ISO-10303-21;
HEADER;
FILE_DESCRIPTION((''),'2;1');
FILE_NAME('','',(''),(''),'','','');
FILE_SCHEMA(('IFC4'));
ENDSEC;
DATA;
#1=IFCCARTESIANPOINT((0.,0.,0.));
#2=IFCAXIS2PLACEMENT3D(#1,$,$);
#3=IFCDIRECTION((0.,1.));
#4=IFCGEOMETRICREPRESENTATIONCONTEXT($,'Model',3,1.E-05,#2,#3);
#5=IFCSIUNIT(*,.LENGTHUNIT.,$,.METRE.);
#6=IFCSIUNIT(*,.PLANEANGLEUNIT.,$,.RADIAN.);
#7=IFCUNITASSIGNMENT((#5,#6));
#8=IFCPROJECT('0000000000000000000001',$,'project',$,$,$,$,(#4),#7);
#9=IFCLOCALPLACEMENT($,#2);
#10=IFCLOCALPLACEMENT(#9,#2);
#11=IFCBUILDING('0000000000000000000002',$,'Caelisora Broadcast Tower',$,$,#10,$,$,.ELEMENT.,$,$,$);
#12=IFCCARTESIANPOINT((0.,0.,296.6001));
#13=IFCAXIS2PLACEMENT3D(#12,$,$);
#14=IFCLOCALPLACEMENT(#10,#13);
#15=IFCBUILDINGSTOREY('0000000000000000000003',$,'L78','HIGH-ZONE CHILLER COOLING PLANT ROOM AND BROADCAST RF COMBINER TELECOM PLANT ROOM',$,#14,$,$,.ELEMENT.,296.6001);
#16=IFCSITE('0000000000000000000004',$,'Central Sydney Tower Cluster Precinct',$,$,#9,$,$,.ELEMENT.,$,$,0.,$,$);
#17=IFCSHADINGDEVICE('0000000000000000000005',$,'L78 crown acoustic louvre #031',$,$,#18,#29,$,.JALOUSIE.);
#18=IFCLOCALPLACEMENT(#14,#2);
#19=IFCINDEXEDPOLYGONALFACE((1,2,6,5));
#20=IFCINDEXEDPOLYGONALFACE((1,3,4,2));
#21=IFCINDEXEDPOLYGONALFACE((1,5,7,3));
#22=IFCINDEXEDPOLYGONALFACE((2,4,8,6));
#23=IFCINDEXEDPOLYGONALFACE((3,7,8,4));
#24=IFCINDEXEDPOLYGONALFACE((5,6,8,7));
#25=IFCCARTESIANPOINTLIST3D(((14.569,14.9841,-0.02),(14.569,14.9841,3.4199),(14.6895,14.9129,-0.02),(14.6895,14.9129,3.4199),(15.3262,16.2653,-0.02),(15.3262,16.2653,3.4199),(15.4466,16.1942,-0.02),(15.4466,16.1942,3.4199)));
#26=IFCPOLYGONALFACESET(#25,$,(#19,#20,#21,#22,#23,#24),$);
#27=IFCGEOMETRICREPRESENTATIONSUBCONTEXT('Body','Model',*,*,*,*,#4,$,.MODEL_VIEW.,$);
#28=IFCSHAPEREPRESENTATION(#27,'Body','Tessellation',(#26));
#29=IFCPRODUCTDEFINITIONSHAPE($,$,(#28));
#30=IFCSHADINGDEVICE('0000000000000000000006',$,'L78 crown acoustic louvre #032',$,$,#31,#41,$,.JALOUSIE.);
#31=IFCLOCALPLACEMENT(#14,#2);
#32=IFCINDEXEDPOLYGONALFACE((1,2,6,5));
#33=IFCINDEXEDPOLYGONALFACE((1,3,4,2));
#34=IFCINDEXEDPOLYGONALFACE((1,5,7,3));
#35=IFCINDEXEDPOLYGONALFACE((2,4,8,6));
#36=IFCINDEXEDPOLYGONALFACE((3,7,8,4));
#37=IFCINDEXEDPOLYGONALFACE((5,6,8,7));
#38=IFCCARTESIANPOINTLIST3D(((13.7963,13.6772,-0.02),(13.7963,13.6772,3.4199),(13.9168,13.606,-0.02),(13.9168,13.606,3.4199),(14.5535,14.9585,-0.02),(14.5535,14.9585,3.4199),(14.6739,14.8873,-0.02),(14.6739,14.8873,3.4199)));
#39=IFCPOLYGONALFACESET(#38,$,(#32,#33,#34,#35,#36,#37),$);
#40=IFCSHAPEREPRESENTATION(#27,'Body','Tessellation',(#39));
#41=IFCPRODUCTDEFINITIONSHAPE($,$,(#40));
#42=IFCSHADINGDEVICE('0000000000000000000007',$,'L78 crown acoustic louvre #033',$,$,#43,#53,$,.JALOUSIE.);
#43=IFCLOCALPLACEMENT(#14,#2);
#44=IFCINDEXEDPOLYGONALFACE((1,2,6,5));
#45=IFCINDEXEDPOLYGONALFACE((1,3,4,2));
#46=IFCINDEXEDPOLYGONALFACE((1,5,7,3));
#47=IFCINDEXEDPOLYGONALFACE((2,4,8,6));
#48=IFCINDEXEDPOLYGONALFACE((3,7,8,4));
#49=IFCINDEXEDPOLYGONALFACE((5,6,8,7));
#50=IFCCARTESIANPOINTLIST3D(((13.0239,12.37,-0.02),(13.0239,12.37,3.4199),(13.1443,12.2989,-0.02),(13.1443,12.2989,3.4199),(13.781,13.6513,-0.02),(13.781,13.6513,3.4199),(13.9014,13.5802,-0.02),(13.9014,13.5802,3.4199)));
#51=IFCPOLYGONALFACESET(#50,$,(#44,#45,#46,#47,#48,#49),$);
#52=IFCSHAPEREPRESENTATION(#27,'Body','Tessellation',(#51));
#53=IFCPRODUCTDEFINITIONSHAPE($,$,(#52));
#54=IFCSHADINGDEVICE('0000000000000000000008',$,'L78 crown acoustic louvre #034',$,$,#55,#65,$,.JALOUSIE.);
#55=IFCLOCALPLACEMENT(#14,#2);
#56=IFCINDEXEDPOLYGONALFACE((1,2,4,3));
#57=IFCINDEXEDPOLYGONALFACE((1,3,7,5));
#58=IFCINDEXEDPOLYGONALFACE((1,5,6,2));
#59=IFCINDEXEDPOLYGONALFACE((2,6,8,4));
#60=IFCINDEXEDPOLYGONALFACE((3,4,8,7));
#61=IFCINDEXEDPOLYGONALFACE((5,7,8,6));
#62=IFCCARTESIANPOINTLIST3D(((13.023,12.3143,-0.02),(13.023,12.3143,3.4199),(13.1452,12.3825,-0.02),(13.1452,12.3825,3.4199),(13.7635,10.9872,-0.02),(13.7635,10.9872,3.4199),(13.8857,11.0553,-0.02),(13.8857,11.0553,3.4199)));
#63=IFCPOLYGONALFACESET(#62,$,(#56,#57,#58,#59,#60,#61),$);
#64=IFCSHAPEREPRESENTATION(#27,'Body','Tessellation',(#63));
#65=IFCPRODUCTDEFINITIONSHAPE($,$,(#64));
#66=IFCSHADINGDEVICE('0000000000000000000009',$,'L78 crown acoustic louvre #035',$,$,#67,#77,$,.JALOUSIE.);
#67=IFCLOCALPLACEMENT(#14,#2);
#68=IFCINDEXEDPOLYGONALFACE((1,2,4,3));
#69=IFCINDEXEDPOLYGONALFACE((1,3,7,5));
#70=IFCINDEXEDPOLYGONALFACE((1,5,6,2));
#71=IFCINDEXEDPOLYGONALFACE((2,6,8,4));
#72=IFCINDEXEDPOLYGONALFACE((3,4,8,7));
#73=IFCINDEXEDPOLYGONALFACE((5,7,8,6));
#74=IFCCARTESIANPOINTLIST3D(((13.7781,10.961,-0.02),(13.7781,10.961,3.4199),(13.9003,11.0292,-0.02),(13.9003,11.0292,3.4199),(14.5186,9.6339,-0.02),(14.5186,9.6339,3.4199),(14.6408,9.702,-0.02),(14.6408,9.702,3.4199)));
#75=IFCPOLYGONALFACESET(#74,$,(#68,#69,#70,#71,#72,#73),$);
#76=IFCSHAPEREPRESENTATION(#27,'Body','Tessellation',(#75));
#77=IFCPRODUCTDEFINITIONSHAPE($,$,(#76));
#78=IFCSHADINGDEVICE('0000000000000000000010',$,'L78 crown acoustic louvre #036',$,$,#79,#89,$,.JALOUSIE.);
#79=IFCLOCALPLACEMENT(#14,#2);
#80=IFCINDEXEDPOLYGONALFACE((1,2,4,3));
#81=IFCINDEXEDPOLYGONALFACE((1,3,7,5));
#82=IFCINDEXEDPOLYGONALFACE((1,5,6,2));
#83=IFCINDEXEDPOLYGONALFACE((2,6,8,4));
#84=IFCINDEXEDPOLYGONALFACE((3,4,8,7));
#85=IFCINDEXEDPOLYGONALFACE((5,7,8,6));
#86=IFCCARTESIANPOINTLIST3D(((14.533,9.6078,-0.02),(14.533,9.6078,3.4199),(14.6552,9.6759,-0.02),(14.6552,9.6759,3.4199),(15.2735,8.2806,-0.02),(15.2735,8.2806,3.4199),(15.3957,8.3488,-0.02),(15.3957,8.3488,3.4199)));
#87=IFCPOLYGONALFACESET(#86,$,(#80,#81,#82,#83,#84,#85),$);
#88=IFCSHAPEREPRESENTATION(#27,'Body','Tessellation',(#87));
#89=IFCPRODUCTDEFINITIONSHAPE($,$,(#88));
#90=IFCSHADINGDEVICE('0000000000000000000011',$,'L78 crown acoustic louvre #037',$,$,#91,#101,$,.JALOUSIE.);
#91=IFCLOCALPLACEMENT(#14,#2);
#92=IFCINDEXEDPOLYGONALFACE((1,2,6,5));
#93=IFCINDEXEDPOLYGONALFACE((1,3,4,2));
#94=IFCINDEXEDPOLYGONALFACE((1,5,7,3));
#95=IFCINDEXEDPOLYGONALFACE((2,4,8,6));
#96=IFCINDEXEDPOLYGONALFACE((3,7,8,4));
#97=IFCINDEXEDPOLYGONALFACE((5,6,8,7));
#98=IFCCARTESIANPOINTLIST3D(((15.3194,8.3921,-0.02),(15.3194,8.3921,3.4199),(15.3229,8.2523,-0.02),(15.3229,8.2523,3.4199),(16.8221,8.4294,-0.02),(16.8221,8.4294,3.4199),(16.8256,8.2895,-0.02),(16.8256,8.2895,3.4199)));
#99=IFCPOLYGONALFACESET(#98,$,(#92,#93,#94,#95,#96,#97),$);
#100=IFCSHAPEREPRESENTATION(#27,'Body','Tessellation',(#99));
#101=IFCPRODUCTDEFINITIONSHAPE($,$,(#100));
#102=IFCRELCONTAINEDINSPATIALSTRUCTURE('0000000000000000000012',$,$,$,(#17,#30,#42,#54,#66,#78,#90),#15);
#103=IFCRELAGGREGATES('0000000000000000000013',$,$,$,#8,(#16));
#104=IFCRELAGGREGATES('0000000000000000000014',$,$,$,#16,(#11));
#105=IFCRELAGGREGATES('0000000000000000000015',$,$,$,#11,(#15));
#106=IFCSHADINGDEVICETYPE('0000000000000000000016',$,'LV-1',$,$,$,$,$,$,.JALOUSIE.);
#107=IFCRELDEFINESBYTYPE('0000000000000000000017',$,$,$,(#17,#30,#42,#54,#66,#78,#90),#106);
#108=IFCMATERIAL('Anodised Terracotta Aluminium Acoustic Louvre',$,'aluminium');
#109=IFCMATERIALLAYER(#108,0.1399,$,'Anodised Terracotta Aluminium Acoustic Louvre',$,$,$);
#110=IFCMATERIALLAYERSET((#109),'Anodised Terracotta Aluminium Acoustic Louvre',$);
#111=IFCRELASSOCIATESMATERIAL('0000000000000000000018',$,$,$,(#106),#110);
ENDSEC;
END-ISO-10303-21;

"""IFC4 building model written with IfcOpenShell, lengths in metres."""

from ifc_helpers import new_model, si_unit, direction, frame, origin, origin_2d, place, context, subcontext, project, spatial, rectangle, extrude, source, transform, mapped, material, layer, layer_set, type_object, type_shapes, element, save


model = new_model("IFC4")

# Units and contexts
model_context = context("Model", 3, precision=1e-05, world=origin(), true_north=direction((0.0, 1.0)))
body_context = subcontext(model_context, "Body", "Model", "MODEL_VIEW")
ifc_project = project(units=[si_unit("LENGTHUNIT", "METRE"), si_unit("PLANEANGLEUNIT", "RADIAN")], contexts=[model_context])

# Site, building, storey
site_placement = place(None, origin())
site = spatial("IfcSite", under=ifc_project, at=site_placement, Name="Central Sydney Tower Cluster Precinct", CompositionType="ELEMENT", RefElevation=0.0)
building_placement = place(site_placement, origin())
building = spatial("IfcBuilding", under=site, at=building_placement, Name="Caelisora Broadcast Tower", CompositionType="ELEMENT")
storey_placement = place(building_placement, frame((0.0, 0.0, 296.6001)))
storey = spatial("IfcBuildingStorey", under=building, at=storey_placement, Name="L78", Description="HIGH-ZONE CHILLER COOLING PLANT ROOM AND BROADCAST RF COMBINER TELECOM PLANT ROOM", CompositionType="ELEMENT", Elevation=296.6001)

# Shading devices
ifc_material_1 = material(Name="Anodised Terracotta Aluminium Acoustic Louvre", Category="aluminium")
ifc_layer_1 = layer(ifc_material_1, 0.1399, Name="Anodised Terracotta Aluminium Acoustic Louvre")
ifc_layer_set_1 = layer_set([ifc_layer_1], Name="Anodised Terracotta Aluminium Acoustic Louvre")
shading_device_type = type_object("IfcShadingDeviceType", Name="LV-1", PredefinedType="JALOUSIE", material=ifc_layer_set_1)
shared_shape_1 = source(origin(), body_context, "Body", "SweptSolid", [
    extrude(rectangle(XDim=1.4883, YDim=0.1399, at=origin_2d()), origin(), (0.0, 0.0, 1.0), 3.4399),
])
for number, where, z_axis, x_axis, name in (
    (1, (15.0078, 15.5891, -0.02), (0.0, 0.0, 1.0), (-0.508741, -0.86092, 0.0), "L78 crown acoustic louvre #031"),
    (2, (14.2351, 14.2822, -0.02), (0.0, 0.0, 1.0), (-0.508741, -0.86092, 0.0), "L78 crown acoustic louvre #032"),
    (3, (13.4626, 12.9751, -0.02), (0.0, 0.0, 1.0), (-0.508741, -0.86092, 0.0), "L78 crown acoustic louvre #033"),
):
    element("IfcShadingDevice", number, at=place(storey_placement, frame(where, z_axis=z_axis, x_axis=x_axis)), inside=storey, type_object=shading_device_type, Name=name, PredefinedType="JALOUSIE", context=body_context, shape_type="MappedRepresentation", body=[
        mapped(shared_shape_1, transform((0.0, 0.0, 0.0), scale=1.0)),
    ])
shared_shape_2 = source(origin(), body_context, "Body", "SweptSolid", [
    extrude(rectangle(XDim=1.5198, YDim=0.1399, at=origin_2d()), origin(), (0.0, 0.0, 1.0), 3.4399),
])
for number, where, z_axis, x_axis, name in (
    (4, (13.4543, 11.6848, -0.02), (0.0, 0.0, 1.0), (0.48725, -0.873262, 0.0), "L78 crown acoustic louvre #034"),
    (5, (14.2095, 10.3315, -0.02), (0.0, 0.0, 1.0), (0.48725, -0.873262, 0.0), "L78 crown acoustic louvre #035"),
    (6, (14.9644, 8.9783, -0.02), (0.0, 0.0, 1.0), (0.48725, -0.873262, 0.0), "L78 crown acoustic louvre #036"),
):
    element("IfcShadingDevice", number, at=place(storey_placement, frame(where, z_axis=z_axis, x_axis=x_axis)), inside=storey, type_object=shading_device_type, Name=name, PredefinedType="JALOUSIE", context=body_context, shape_type="MappedRepresentation", body=[
        mapped(shared_shape_2, transform((0.0, 0.0, 0.0), scale=1.0)),
    ])
shared_shape_3 = source(origin(), body_context, "Body", "SweptSolid", [
    extrude(rectangle(XDim=1.5032, YDim=0.1399, at=origin_2d()), origin(), (0.0, 0.0, 1.0), 3.4399),
])
type_shapes(shading_device_type, [shared_shape_1, shared_shape_2, shared_shape_3])
shading_device_placement = place(storey_placement, frame((16.0725, 8.3408, -0.02), z_axis=(0.0, 0.0, 1.0), x_axis=(0.999693, 0.024781, 0.0)))
element("IfcShadingDevice", 7, at=shading_device_placement, inside=storey, type_object=shading_device_type, Name="L78 crown acoustic louvre #037", PredefinedType="JALOUSIE", context=body_context, shape_type="MappedRepresentation", body=[
    mapped(shared_shape_3, transform((0.0, 0.0, 0.0), scale=1.0)),
])

save(model, "model.ifc")
